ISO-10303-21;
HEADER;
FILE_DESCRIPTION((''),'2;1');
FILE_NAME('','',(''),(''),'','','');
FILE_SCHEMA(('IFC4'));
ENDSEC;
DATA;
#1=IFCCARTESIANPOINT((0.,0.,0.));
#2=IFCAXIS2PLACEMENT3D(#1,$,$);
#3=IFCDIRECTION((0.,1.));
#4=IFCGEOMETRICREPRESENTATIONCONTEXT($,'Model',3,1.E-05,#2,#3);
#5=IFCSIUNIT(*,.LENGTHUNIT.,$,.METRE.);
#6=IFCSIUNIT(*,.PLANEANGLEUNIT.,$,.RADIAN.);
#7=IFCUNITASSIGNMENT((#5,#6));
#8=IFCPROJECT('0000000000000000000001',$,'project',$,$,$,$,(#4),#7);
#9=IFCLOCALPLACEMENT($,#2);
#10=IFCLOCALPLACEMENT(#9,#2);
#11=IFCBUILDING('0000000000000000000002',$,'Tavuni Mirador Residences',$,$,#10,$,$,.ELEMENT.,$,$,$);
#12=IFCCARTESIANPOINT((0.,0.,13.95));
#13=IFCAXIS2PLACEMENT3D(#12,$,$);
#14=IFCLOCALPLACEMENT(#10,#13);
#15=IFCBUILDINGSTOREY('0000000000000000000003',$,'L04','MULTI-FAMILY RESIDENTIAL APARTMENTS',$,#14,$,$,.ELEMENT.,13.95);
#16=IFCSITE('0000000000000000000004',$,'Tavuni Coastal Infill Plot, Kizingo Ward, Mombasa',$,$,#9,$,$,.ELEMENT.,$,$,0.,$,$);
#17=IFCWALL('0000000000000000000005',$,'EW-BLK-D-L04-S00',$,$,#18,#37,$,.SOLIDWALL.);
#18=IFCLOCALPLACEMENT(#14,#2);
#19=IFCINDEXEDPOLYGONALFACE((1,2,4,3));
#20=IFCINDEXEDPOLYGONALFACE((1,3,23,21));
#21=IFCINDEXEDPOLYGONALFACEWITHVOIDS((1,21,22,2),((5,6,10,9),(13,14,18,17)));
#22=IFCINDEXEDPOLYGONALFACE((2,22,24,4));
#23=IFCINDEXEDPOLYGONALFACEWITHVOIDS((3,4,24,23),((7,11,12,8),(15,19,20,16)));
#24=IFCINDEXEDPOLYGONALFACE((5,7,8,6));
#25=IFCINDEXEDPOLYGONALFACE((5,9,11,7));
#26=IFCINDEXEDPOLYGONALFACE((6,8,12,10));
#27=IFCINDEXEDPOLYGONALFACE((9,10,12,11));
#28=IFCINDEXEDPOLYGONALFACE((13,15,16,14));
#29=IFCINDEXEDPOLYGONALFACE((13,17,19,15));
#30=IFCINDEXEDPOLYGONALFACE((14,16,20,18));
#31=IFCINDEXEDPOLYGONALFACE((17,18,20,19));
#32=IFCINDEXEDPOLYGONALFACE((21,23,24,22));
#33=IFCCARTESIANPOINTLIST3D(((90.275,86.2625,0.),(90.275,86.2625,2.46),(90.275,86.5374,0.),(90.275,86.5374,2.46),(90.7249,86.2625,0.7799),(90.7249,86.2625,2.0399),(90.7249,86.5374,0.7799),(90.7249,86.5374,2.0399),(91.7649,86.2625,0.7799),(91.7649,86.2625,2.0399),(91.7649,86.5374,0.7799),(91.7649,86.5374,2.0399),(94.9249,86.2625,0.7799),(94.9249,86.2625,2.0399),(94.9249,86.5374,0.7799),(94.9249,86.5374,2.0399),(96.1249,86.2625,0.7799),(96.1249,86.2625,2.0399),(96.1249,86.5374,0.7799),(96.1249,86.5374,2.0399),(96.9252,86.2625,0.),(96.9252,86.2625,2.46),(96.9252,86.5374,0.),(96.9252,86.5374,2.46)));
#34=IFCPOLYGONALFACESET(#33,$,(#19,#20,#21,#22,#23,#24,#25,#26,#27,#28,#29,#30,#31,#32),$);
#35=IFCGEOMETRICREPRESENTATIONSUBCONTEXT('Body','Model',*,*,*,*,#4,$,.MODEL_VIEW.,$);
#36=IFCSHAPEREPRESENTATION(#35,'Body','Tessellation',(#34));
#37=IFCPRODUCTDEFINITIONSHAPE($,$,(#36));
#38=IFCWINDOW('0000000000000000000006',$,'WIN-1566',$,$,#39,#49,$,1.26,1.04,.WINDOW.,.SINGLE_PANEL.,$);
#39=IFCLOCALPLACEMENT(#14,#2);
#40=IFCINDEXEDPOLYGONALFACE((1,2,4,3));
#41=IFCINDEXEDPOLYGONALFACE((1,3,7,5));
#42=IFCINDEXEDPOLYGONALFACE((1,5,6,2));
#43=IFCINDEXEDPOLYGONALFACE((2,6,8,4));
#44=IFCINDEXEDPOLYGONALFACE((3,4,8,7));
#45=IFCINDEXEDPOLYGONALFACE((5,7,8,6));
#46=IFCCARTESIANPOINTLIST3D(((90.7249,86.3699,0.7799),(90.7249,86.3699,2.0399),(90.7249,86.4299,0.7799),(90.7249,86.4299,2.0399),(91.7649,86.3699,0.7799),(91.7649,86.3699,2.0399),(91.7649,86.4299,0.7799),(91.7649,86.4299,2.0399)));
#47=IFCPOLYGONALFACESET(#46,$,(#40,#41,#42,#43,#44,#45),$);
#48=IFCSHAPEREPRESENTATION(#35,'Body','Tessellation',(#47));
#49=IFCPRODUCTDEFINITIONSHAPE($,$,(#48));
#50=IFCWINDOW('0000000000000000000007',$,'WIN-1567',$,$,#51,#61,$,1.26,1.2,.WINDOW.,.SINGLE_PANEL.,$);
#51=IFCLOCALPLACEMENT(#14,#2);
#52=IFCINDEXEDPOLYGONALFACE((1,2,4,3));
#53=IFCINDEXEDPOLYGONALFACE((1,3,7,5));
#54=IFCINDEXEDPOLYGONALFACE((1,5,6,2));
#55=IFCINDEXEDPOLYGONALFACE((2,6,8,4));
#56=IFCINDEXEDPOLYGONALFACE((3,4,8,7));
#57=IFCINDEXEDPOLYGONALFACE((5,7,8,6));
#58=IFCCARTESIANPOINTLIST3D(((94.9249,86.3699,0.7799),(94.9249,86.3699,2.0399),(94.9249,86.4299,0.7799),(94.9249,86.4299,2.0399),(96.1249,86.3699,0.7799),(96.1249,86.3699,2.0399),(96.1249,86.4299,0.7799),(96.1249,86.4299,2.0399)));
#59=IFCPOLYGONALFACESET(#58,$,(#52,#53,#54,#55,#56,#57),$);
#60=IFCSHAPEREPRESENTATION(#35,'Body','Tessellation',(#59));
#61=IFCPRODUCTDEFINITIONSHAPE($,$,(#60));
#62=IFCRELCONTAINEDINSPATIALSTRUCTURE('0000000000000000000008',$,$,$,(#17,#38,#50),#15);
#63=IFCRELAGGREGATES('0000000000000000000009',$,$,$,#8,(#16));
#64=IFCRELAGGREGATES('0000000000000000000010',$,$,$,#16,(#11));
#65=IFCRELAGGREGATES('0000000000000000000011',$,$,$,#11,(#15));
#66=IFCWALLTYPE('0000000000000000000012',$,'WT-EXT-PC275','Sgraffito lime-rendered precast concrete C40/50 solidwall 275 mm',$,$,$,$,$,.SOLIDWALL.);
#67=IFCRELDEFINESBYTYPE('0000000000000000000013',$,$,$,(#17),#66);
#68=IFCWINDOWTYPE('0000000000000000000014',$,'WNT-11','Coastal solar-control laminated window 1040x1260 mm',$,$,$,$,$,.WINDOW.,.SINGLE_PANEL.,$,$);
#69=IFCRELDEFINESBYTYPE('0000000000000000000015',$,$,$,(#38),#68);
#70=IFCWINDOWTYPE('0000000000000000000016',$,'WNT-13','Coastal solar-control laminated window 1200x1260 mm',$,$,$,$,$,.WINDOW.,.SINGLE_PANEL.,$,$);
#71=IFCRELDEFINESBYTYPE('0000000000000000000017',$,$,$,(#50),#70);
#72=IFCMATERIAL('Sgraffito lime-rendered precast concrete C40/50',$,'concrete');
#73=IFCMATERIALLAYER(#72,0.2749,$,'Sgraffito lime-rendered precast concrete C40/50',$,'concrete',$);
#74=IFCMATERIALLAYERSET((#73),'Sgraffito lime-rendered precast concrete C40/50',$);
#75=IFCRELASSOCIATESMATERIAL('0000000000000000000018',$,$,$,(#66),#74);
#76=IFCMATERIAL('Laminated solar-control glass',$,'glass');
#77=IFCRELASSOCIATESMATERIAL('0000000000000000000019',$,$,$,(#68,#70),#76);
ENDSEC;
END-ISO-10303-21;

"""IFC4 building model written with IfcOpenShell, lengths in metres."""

from ifc_helpers import new_model, si_unit, direction, frame, frame_2d, origin, place, context, subcontext, project, spatial, rectangle, extrude, material, layer, layer_set, type_object, element, fill, save


model = new_model("IFC4")

# Units and contexts
model_context = context("Model", 3, precision=1e-05, world=origin(), true_north=direction((0.0, 1.0)))
body_context = subcontext(model_context, "Body", "Model", "MODEL_VIEW")
ifc_project = project(units=[si_unit("LENGTHUNIT", "METRE"), si_unit("PLANEANGLEUNIT", "RADIAN")], contexts=[model_context])

# Site, building, storey
site_placement = place(None, origin())
site = spatial("IfcSite", under=ifc_project, at=site_placement, Name="Tavuni Coastal Infill Plot, Kizingo Ward, Mombasa", CompositionType="ELEMENT", RefElevation=0.0)
building_placement = place(site_placement, origin())
building = spatial("IfcBuilding", under=site, at=building_placement, Name="Tavuni Mirador Residences", CompositionType="ELEMENT")
storey_placement = place(building_placement, frame((0.0, 0.0, 13.95)))
storey = spatial("IfcBuildingStorey", under=building, at=storey_placement, Name="L04", Description="MULTI-FAMILY RESIDENTIAL APARTMENTS", CompositionType="ELEMENT", Elevation=13.95)

# Shared definitions
ifc_material_1 = material(Name="Laminated solar-control glass", Category="glass")

# Wall, openings, windows
ifc_material_2 = material(Name="Sgraffito lime-rendered precast concrete C40/50", Category="concrete")
ifc_layer_1 = layer(ifc_material_2, 0.2749, Name="Sgraffito lime-rendered precast concrete C40/50", Category="concrete")
ifc_layer_set_1 = layer_set([ifc_layer_1], Name="Sgraffito lime-rendered precast concrete C40/50")
wall_type = type_object("IfcWallType", Name="WT-EXT-PC275", Description="Sgraffito lime-rendered precast concrete C40/50 solidwall 275 mm", PredefinedType="SOLIDWALL", material=ifc_layer_set_1)
wall_placement = place(storey_placement, frame((90.2749, 86.3999, 0.0), z_axis=(0.0, 0.0, 1.0), x_axis=(1.0, 0.0, 0.0)))
wall = element("IfcWall", 1, at=wall_placement, inside=storey, type_object=wall_type, Name="EW-BLK-D-L04-S00", PredefinedType="SOLIDWALL", context=body_context, shape_type="SweptSolid", body=[
    extrude(rectangle(XDim=6.6501, YDim=0.2749, at=frame_2d((3.3252, 0.0))), origin(), (0.0, 0.0, 1.0), 2.46),
])
opening_1_placement = place(wall_placement, frame((0.45, 0.0, 0.78)))
opening_1 = element("IfcOpeningElement", 2, at=opening_1_placement, cuts=wall, PredefinedType="OPENING", context=body_context, shape_type="SweptSolid", body=[
    extrude(rectangle(XDim=1.04, YDim=1.26, at=frame_2d((0.52, 0.6299))), frame((0.0, 0.1475, 0.0), z_axis=(0.0, -1.0, 0.0), x_axis=(1.0, 0.0, 0.0)), (0.0, 0.0, 1.0), 0.2949),
])
opening_2_placement = place(wall_placement, frame((4.6499, 0.0, 0.78)))
opening_2 = element("IfcOpeningElement", 3, at=opening_2_placement, cuts=wall, PredefinedType="OPENING", context=body_context, shape_type="SweptSolid", body=[
    extrude(rectangle(XDim=1.2, YDim=1.26, at=frame_2d((0.6001, 0.6299))), frame((0.0, 0.1475, 0.0), z_axis=(0.0, -1.0, 0.0), x_axis=(1.0, 0.0, 0.0)), (0.0, 0.0, 1.0), 0.2949),
])
window_type_1 = type_object("IfcWindowType", Name="WNT-11", Description="Coastal solar-control laminated window 1040x1260 mm", PartitioningType="SINGLE_PANEL", PredefinedType="WINDOW", material=ifc_material_1)
window_1_placement = place(opening_1_placement, origin())
window_1 = element("IfcWindow", 4, at=window_1_placement, inside=storey, type_object=window_type_1, Name="WIN-1566", OverallHeight=1.26, OverallWidth=1.04, PartitioningType="SINGLE_PANEL", PredefinedType="WINDOW", context=body_context, shape_type="SweptSolid", body=[
    extrude(rectangle(XDim=1.04, YDim=1.26, at=frame_2d((0.52, 0.6299))), frame((0.0, 0.03, 0.0), z_axis=(0.0, -1.0, 0.0), x_axis=(1.0, 0.0, 0.0)), (0.0, 0.0, 1.0), 0.0601),
])
fill(opening_1, window_1)
window_type_2 = type_object("IfcWindowType", Name="WNT-13", Description="Coastal solar-control laminated window 1200x1260 mm", PartitioningType="SINGLE_PANEL", PredefinedType="WINDOW", material=ifc_material_1)
window_2_placement = place(opening_2_placement, origin())
window_2 = element("IfcWindow", 5, at=window_2_placement, inside=storey, type_object=window_type_2, Name="WIN-1567", OverallHeight=1.26, OverallWidth=1.2, PartitioningType="SINGLE_PANEL", PredefinedType="WINDOW", context=body_context, shape_type="SweptSolid", body=[
    extrude(rectangle(XDim=1.2, YDim=1.26, at=frame_2d((0.6001, 0.6299))), frame((0.0, 0.03, 0.0), z_axis=(0.0, -1.0, 0.0), x_axis=(1.0, 0.0, 0.0)), (0.0, 0.0, 1.0), 0.0601),
])
fill(opening_2, window_2)

save(model, "model.ifc")
